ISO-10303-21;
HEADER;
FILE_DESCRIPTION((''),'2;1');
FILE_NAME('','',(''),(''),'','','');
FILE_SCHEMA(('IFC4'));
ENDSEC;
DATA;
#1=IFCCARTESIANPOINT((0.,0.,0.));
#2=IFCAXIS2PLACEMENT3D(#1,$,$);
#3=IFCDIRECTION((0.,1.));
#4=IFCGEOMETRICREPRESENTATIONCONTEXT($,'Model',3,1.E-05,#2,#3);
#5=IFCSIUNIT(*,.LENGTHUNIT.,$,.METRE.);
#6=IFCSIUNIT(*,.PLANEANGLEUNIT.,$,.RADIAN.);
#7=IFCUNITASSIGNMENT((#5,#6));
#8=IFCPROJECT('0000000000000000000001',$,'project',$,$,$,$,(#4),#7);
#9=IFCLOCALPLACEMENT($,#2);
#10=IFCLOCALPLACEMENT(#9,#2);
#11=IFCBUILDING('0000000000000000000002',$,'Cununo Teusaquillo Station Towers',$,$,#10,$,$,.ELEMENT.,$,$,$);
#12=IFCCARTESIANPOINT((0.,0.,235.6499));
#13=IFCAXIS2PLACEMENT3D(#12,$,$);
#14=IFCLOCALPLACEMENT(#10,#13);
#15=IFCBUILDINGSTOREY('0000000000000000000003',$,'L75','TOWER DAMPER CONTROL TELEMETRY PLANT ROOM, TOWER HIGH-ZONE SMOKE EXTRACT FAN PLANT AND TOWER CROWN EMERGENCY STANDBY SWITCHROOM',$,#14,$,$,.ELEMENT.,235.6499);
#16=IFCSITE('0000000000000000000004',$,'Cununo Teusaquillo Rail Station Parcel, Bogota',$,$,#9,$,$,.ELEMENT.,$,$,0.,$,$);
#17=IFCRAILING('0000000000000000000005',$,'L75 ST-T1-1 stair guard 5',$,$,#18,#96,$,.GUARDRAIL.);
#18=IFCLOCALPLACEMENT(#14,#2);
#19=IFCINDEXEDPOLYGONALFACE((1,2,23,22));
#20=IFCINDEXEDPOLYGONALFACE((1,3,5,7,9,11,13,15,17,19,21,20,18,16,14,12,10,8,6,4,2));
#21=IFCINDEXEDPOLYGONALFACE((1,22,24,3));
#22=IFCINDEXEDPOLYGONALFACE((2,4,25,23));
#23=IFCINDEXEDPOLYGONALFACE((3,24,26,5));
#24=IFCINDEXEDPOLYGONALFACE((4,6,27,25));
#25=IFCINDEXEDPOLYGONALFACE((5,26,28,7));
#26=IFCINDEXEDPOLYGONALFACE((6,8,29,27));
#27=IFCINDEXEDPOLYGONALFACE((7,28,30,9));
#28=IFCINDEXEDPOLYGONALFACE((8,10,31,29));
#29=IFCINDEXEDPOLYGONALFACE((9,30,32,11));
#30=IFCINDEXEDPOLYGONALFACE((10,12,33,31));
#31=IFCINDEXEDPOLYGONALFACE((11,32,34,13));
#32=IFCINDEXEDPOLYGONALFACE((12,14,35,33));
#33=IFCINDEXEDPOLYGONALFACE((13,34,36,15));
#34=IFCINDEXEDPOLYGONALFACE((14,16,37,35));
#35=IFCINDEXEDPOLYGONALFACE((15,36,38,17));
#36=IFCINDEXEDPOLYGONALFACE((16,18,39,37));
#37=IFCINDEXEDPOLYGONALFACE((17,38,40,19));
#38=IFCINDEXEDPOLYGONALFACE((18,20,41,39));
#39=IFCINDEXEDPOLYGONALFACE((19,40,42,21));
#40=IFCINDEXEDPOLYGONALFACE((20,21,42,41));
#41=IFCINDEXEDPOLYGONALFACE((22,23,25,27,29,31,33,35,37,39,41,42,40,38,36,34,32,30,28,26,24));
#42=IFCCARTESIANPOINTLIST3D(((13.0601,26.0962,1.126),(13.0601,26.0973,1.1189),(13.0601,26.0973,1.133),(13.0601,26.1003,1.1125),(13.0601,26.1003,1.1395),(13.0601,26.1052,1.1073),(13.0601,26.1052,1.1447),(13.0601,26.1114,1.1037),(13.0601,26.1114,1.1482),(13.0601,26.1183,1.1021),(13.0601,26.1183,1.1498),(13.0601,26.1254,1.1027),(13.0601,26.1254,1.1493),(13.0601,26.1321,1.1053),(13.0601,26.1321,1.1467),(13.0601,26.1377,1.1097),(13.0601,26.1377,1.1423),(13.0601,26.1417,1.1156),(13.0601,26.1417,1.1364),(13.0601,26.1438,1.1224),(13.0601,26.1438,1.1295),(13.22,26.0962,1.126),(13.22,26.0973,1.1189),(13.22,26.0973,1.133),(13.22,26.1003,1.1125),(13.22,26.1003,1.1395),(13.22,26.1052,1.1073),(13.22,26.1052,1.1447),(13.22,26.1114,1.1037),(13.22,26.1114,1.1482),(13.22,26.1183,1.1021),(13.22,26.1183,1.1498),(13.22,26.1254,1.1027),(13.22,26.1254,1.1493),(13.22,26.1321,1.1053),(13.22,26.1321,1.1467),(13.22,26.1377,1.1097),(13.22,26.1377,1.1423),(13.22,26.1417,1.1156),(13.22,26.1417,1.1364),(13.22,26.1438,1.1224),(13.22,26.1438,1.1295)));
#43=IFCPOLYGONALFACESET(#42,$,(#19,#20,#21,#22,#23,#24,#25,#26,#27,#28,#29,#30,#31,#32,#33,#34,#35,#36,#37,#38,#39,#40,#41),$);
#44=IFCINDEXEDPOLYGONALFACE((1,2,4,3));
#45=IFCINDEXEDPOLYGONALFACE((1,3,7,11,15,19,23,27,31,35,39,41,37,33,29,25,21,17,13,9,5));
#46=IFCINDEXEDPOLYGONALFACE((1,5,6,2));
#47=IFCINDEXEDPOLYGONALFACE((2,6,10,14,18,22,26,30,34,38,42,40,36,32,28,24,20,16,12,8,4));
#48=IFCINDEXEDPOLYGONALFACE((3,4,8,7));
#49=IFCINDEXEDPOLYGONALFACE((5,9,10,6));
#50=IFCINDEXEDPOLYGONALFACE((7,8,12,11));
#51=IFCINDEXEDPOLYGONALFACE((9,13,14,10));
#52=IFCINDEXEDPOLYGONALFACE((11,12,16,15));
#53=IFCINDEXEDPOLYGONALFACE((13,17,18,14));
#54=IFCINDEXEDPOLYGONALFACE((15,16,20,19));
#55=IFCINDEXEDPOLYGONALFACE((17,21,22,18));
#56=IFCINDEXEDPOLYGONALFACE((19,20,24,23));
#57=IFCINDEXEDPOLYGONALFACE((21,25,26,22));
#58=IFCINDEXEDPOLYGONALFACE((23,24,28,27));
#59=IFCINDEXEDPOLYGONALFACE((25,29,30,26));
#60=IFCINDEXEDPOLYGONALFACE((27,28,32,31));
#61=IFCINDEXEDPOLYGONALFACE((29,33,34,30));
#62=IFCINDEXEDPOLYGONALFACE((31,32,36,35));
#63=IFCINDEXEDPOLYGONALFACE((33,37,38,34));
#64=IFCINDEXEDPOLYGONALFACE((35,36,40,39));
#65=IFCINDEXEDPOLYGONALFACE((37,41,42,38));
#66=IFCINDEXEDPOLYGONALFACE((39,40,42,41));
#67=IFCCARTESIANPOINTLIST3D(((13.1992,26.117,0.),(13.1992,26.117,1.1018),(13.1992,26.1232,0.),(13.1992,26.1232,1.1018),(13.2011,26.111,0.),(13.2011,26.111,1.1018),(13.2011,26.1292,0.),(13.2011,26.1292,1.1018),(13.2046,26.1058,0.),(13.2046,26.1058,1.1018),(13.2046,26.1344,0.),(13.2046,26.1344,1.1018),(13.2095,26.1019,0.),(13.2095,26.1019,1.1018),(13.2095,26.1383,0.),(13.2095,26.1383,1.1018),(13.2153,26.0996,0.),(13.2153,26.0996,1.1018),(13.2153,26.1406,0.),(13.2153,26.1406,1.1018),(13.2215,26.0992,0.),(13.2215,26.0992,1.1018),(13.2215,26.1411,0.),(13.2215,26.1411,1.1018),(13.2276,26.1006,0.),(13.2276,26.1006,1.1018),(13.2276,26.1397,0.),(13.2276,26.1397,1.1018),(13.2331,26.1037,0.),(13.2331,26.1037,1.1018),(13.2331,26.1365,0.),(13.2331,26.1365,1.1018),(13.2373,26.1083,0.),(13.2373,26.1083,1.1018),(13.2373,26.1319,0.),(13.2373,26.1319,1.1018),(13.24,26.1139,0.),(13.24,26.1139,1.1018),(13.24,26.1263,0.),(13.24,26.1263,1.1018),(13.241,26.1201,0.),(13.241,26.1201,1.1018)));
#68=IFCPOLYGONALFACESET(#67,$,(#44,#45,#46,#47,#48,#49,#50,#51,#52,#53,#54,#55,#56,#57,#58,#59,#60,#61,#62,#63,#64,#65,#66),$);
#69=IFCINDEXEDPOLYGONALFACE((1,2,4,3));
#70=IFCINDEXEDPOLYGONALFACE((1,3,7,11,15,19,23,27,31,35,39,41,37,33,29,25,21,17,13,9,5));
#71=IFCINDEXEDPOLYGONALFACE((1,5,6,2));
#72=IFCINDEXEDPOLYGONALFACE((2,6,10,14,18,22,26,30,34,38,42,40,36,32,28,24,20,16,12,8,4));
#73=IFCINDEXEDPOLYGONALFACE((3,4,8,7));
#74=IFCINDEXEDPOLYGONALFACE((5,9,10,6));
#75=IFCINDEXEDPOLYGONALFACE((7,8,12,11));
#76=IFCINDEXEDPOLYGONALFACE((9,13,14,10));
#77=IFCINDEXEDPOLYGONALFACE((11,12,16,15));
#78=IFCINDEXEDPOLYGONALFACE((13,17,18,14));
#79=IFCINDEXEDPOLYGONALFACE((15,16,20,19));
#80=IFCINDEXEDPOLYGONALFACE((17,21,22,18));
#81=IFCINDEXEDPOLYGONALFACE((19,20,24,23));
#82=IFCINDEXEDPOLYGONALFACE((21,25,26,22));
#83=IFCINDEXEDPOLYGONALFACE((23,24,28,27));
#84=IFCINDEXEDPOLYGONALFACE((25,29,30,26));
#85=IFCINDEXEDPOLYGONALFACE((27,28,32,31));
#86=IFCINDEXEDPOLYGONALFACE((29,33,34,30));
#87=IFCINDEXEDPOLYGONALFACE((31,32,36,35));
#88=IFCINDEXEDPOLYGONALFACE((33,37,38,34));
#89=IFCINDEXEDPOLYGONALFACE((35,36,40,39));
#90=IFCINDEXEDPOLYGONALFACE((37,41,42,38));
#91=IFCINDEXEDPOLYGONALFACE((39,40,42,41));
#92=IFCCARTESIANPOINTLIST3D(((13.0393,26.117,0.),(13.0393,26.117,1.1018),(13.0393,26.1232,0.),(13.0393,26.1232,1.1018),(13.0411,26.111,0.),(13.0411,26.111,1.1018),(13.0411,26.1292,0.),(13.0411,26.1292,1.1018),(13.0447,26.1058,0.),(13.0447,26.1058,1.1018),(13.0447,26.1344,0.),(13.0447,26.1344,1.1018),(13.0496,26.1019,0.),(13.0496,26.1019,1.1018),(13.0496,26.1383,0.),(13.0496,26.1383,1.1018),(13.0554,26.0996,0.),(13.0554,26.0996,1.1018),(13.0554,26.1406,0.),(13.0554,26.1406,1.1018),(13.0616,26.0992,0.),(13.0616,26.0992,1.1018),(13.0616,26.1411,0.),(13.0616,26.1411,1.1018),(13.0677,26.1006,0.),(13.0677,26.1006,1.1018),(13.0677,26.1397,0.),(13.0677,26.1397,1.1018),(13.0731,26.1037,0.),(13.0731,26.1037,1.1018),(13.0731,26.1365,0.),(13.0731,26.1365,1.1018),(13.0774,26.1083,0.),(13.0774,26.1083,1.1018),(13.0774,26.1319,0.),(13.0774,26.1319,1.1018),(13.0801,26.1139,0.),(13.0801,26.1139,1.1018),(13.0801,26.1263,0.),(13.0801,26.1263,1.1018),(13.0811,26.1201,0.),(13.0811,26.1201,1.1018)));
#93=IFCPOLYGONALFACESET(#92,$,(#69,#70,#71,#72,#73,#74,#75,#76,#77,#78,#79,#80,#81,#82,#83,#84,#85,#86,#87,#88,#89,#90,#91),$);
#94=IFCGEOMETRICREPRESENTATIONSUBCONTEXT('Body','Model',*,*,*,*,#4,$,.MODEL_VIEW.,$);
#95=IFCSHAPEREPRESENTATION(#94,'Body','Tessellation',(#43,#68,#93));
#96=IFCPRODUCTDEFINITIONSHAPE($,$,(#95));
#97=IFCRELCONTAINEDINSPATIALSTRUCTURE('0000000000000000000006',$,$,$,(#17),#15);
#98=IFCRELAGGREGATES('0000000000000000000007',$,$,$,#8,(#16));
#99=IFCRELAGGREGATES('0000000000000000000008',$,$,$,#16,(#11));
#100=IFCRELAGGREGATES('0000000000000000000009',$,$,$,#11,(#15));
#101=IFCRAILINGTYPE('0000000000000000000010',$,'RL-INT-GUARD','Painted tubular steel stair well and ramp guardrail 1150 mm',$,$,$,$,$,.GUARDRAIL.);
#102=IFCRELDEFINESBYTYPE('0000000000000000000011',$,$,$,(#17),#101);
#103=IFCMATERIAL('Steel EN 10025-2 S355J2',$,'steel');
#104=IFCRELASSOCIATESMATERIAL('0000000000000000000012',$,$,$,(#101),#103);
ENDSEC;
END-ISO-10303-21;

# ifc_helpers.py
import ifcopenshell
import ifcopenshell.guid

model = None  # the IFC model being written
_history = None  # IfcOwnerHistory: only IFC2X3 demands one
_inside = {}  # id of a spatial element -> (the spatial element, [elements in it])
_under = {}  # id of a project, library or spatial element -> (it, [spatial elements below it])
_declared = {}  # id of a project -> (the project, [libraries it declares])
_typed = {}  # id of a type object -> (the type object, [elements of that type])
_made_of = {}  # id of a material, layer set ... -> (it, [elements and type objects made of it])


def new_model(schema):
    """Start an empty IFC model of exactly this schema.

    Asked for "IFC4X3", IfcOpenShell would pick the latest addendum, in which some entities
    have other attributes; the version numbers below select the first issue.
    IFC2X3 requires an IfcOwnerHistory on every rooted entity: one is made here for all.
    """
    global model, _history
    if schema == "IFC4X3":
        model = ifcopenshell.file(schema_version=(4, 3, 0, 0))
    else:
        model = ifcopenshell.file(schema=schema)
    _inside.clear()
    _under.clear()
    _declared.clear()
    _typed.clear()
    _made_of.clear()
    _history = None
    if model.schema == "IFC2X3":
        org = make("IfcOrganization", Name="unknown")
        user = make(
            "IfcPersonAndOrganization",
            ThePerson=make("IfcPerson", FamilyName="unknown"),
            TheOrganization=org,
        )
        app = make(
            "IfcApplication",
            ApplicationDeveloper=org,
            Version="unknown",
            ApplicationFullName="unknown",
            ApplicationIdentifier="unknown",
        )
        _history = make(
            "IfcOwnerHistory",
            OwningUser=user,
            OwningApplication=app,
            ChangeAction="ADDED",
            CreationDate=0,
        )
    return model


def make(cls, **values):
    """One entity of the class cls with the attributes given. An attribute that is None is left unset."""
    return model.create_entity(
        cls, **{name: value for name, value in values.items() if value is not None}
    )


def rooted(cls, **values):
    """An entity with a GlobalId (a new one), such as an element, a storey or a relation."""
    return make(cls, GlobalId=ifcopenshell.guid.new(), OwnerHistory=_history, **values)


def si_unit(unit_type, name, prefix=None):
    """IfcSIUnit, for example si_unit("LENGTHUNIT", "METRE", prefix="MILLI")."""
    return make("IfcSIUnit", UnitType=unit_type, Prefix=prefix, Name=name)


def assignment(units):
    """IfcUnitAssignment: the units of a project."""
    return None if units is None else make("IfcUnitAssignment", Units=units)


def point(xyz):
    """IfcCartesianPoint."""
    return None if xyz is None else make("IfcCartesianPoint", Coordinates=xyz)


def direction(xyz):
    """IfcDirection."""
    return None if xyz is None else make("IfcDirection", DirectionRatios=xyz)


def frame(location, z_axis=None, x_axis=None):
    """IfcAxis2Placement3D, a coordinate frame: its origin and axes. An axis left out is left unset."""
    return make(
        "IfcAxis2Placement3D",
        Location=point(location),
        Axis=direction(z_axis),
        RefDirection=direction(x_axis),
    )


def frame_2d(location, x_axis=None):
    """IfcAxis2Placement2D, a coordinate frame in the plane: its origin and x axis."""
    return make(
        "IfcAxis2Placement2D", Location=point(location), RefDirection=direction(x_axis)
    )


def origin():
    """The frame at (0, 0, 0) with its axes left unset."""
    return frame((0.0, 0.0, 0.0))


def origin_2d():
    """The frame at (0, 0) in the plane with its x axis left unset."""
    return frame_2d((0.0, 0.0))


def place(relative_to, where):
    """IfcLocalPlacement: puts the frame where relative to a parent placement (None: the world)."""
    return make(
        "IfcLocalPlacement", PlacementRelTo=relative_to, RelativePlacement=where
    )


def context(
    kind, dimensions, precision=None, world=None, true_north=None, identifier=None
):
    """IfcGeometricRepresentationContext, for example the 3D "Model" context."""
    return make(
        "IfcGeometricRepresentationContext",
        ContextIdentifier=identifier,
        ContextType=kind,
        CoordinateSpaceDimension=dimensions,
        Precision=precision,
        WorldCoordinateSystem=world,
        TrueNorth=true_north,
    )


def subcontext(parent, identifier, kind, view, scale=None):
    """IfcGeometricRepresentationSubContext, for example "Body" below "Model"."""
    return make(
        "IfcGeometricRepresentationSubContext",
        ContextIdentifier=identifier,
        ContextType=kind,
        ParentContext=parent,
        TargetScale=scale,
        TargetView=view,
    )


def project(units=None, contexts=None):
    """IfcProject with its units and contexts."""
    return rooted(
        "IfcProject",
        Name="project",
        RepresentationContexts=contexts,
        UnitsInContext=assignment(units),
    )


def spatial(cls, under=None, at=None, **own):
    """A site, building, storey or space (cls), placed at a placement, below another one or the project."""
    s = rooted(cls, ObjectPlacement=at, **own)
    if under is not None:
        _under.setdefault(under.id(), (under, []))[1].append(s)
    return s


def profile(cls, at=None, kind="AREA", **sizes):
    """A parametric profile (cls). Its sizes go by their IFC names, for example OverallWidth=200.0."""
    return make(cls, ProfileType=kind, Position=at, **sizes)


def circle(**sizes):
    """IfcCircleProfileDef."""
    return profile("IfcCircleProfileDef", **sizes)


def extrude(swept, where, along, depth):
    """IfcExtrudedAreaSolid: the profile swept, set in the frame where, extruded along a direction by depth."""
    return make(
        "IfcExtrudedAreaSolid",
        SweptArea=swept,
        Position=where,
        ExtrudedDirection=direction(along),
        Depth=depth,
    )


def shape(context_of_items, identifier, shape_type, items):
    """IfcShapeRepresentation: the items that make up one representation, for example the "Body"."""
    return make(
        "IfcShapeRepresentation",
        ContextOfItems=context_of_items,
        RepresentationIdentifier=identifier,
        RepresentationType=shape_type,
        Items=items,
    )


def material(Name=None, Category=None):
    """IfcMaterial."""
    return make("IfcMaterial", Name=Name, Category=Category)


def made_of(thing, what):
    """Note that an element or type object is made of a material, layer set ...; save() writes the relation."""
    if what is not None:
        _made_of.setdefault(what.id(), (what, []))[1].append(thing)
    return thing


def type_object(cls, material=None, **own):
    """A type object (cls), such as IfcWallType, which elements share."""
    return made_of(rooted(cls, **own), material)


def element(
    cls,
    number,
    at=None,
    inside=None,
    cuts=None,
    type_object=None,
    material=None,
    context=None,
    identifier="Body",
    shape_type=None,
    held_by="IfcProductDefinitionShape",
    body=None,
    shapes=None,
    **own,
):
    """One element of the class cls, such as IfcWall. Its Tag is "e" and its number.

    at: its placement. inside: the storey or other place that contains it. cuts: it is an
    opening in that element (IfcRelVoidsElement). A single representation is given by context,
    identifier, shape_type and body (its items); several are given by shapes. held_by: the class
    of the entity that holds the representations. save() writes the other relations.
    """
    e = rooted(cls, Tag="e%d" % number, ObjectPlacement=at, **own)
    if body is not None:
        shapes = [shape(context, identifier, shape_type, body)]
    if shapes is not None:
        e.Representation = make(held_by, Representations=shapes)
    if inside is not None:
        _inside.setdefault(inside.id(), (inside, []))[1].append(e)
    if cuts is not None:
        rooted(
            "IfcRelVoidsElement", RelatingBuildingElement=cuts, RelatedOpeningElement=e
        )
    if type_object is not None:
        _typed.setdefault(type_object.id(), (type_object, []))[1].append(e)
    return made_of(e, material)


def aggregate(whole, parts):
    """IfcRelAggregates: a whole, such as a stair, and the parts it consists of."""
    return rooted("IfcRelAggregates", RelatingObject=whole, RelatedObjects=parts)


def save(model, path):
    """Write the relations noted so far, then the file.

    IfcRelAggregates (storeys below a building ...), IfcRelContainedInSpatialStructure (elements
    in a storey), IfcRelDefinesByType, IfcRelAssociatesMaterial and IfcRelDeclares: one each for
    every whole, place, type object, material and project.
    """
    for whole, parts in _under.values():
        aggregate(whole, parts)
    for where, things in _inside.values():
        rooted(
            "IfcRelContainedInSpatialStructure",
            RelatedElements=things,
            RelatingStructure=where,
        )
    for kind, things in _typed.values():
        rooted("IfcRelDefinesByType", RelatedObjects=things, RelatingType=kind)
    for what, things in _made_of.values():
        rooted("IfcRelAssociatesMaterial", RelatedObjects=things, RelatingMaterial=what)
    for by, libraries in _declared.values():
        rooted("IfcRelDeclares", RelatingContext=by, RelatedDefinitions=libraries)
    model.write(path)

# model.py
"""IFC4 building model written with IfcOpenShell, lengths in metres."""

from ifc_helpers import new_model, si_unit, direction, frame, origin, origin_2d, place, context, subcontext, project, spatial, circle, extrude, material, type_object, element, save


model = new_model("IFC4")

# Units and contexts
model_context = context("Model", 3, precision=1e-05, world=origin(), true_north=direction((0.0, 1.0)))
body_context = subcontext(model_context, "Body", "Model", "MODEL_VIEW")
ifc_project = project(units=[si_unit("LENGTHUNIT", "METRE"), si_unit("PLANEANGLEUNIT", "RADIAN")], contexts=[model_context])

# Site, building, storey
site_placement = place(None, origin())
site = spatial("IfcSite", under=ifc_project, at=site_placement, Name="Cununo Teusaquillo Rail Station Parcel, Bogota", CompositionType="ELEMENT", RefElevation=0.0)
building_placement = place(site_placement, origin())
building = spatial("IfcBuilding", under=site, at=building_placement, Name="Cununo Teusaquillo Station Towers", CompositionType="ELEMENT")
storey_placement = place(building_placement, frame((0.0, 0.0, 235.6499)))
storey = spatial("IfcBuildingStorey", under=building, at=storey_placement, Name="L75", Description="TOWER DAMPER CONTROL TELEMETRY PLANT ROOM, TOWER HIGH-ZONE SMOKE EXTRACT FAN PLANT AND TOWER CROWN EMERGENCY STANDBY SWITCHROOM", CompositionType="ELEMENT", Elevation=235.6499)

# Railing
ifc_material_1 = material(Name="Steel EN 10025-2 S355J2", Category="steel")
railing_type_1 = type_object("IfcRailingType", Name="RL-INT-GUARD", Description="Painted tubular steel stair well and ramp guardrail 1150 mm", PredefinedType="GUARDRAIL", material=ifc_material_1)
railing_1_placement = place(storey_placement, frame((13.22, 26.1201, 0.0)))
element("IfcRailing", 1, at=railing_1_placement, inside=storey, type_object=railing_type_1, Name="L75 ST-T1-1 stair guard 5", PredefinedType="GUARDRAIL", context=body_context, shape_type="SweptSolid", body=[
    extrude(circle(Radius=0.0239, at=origin_2d()), frame((0.0, 0.0, 1.126), z_axis=(-1.0, 0.0, 0.0), x_axis=(0.0, -1.0, 0.0)), (0.0, 0.0, 1.0), 0.1599),
    extrude(circle(Radius=0.021, at=origin_2d()), origin(), (0.0, 0.0, 1.0), 1.1018),
    extrude(circle(Radius=0.021, at=origin_2d()), frame((-0.1599, 0.0, 0.0)), (0.0, 0.0, 1.0), 1.1018),
])

save(model, "model.ifc")
